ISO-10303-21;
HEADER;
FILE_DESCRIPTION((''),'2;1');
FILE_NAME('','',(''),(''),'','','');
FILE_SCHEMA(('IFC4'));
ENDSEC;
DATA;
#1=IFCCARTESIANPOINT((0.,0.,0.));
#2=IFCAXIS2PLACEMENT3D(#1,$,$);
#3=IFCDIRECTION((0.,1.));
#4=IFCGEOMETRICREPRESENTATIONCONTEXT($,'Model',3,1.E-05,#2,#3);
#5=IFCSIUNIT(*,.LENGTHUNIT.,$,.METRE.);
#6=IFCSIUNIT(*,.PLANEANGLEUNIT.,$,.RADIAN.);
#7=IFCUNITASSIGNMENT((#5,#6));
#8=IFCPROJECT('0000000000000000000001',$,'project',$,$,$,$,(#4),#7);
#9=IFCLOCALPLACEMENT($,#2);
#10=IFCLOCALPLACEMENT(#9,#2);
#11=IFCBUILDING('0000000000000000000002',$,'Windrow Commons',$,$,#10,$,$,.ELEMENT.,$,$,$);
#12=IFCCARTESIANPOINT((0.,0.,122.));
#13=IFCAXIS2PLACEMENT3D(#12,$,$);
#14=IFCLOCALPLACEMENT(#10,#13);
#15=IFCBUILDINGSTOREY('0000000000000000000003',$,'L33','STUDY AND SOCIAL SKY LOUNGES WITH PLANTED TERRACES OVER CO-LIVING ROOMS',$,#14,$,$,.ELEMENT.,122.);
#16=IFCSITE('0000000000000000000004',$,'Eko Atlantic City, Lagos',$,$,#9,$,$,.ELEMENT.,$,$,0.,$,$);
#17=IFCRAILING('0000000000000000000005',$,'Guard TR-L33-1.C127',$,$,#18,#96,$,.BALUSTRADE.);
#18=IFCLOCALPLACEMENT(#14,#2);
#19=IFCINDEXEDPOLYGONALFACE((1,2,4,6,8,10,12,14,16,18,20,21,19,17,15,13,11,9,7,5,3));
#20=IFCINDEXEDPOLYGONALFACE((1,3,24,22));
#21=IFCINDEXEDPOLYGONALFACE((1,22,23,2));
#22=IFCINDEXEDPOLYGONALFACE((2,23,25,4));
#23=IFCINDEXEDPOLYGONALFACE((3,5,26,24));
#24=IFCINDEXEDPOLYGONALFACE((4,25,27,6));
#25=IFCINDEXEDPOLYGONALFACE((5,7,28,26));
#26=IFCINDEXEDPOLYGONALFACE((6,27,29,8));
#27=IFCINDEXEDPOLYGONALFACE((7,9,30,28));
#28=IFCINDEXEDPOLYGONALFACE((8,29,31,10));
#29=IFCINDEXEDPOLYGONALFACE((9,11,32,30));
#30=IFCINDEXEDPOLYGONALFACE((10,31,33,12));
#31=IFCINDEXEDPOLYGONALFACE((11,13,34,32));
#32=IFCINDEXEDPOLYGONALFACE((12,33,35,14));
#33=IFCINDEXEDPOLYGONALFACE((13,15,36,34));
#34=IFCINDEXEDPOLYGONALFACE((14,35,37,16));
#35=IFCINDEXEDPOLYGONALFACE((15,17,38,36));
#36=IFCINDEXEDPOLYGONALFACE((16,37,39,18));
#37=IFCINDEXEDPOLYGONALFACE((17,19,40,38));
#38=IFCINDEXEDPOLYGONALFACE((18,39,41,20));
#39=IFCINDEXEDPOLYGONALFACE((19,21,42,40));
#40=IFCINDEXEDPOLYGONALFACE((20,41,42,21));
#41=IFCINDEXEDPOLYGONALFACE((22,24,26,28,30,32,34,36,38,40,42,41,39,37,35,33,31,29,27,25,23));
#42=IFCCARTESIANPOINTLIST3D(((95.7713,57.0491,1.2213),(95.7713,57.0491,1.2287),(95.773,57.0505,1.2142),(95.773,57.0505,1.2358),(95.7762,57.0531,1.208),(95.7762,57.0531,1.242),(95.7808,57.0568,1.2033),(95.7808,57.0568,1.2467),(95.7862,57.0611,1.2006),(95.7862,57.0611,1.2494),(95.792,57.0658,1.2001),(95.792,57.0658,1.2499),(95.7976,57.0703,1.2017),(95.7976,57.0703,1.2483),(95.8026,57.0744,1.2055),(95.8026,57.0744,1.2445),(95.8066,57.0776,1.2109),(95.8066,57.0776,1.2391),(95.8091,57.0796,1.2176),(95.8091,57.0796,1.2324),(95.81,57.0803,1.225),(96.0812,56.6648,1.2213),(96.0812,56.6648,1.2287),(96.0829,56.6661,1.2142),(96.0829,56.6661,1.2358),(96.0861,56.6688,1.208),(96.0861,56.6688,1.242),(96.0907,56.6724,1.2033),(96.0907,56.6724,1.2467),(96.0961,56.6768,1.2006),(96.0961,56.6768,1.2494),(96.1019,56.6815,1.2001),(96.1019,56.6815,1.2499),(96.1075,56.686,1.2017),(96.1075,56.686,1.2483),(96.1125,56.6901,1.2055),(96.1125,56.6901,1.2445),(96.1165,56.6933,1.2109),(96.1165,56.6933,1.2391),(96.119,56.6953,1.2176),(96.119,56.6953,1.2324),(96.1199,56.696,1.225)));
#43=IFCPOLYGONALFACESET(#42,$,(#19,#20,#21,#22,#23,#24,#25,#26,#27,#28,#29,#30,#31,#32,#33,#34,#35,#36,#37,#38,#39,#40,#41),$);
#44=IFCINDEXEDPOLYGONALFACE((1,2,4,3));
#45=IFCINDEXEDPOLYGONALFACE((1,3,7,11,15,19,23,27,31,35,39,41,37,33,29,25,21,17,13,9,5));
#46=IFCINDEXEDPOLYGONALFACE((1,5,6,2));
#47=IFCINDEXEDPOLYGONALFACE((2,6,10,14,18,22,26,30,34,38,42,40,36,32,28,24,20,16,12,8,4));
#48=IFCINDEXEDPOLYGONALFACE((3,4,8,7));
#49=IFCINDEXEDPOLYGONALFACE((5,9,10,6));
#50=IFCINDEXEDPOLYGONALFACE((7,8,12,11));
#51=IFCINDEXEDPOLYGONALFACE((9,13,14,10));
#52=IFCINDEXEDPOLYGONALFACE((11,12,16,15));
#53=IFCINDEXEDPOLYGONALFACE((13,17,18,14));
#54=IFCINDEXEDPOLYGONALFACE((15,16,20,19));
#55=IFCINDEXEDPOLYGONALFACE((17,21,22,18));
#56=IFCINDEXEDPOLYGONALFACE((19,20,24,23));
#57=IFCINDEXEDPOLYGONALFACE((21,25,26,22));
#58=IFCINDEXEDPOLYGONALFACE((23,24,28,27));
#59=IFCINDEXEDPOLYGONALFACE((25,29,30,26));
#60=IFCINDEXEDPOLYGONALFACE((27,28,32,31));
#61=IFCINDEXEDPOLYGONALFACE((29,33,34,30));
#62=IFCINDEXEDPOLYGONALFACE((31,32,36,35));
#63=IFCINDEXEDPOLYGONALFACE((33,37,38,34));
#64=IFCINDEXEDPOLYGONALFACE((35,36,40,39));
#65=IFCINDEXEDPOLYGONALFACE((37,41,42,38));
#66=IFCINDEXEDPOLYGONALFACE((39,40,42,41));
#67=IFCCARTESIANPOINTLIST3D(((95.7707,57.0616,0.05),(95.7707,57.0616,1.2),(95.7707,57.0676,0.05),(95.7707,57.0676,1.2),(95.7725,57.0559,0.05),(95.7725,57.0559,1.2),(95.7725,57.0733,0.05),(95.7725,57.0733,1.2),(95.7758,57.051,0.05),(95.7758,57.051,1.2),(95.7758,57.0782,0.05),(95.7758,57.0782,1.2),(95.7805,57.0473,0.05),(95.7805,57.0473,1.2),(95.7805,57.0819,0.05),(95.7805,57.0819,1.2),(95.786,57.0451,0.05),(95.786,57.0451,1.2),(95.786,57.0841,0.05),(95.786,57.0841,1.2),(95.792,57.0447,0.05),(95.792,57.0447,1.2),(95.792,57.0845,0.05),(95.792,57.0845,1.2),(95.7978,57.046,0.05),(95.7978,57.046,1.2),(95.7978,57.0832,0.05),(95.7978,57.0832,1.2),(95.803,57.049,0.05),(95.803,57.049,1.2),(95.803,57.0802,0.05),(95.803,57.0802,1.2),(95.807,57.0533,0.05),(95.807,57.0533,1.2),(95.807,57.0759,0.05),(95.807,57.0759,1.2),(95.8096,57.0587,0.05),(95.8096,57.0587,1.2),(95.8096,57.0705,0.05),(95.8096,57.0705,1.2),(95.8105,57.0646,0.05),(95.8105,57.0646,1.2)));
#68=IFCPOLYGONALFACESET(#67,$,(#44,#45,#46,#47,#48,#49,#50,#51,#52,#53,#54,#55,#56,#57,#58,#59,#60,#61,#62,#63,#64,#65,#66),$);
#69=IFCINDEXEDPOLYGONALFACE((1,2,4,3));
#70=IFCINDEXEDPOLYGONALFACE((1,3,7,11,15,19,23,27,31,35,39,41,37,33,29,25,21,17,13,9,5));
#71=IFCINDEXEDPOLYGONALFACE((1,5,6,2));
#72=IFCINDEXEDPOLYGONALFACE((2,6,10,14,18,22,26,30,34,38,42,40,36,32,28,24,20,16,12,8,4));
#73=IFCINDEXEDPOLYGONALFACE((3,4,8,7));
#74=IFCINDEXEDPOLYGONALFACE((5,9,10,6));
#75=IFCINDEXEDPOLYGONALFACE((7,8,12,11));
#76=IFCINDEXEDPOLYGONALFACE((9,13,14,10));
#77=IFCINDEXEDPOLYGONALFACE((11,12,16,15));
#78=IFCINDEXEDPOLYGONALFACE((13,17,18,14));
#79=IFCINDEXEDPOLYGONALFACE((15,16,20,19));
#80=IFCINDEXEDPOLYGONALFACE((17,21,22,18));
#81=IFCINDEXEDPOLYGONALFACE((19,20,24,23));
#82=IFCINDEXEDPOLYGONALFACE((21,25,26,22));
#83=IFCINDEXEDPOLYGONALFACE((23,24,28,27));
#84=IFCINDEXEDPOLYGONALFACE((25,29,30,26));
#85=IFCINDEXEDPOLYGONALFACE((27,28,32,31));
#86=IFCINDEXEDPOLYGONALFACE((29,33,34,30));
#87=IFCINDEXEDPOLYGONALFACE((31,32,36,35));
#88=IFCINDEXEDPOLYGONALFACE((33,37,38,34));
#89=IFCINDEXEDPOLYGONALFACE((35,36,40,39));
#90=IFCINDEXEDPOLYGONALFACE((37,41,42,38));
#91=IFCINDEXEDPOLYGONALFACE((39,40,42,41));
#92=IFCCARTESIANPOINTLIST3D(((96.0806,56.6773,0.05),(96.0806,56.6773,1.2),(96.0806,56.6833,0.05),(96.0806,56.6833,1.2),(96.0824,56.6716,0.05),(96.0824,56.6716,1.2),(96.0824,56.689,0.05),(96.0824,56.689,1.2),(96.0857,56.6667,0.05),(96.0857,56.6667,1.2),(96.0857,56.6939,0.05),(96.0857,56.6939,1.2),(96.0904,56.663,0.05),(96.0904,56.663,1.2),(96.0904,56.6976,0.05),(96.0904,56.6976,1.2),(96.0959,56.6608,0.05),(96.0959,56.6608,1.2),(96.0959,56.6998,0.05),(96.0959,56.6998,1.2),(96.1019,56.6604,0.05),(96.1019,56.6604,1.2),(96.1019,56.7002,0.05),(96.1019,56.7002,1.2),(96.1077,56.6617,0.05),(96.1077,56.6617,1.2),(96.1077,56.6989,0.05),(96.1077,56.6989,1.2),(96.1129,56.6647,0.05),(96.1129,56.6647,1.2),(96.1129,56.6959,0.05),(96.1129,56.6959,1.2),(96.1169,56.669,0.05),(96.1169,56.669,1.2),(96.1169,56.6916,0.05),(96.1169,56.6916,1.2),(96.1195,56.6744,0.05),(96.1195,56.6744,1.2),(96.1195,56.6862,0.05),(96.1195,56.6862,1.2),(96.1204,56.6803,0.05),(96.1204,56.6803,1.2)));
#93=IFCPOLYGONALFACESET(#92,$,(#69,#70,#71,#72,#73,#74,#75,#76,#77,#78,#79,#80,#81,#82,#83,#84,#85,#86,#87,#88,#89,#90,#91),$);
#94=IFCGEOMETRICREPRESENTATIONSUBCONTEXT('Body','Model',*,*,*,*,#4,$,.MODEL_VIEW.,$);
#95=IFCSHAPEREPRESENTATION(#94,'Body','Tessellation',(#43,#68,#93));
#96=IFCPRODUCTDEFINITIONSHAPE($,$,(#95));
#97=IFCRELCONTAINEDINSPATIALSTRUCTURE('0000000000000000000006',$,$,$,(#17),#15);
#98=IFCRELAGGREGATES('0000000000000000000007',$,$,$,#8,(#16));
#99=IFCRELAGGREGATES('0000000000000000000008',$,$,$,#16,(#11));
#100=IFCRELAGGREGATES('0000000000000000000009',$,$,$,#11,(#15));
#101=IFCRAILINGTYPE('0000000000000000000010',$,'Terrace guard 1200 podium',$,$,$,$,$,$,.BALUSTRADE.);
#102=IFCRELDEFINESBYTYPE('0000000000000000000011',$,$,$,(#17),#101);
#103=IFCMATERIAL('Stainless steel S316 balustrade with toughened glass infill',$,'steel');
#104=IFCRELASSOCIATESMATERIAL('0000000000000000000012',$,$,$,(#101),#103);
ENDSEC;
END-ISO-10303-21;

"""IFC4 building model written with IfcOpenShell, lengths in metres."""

from ifc_helpers import new_model, si_unit, direction, frame, origin, origin_2d, place, context, subcontext, project, spatial, circle, extrude, material, type_object, element, save


model = new_model("IFC4")

# Units and contexts
model_context = context("Model", 3, precision=1e-05, world=origin(), true_north=direction((0.0, 1.0)))
body_context = subcontext(model_context, "Body", "Model", "MODEL_VIEW")
ifc_project = project(units=[si_unit("LENGTHUNIT", "METRE"), si_unit("PLANEANGLEUNIT", "RADIAN")], contexts=[model_context])

# Site, building, storey
site_placement = place(None, origin())
site = spatial("IfcSite", under=ifc_project, at=site_placement, Name="Eko Atlantic City, Lagos", CompositionType="ELEMENT", RefElevation=0.0)
building_placement = place(site_placement, origin())
building = spatial("IfcBuilding", under=site, at=building_placement, Name="Windrow Commons", CompositionType="ELEMENT")
storey_placement = place(building_placement, frame((0.0, 0.0, 122.0)))
storey = spatial("IfcBuildingStorey", under=building, at=storey_placement, Name="L33", Description="STUDY AND SOCIAL SKY LOUNGES WITH PLANTED TERRACES OVER CO-LIVING ROOMS", CompositionType="ELEMENT", Elevation=122.0)

# Railing
ifc_material_1 = material(Name="Stainless steel S316 balustrade with toughened glass infill", Category="steel")
railing_type_1 = type_object("IfcRailingType", Name="Terrace guard 1200 podium", PredefinedType="BALUSTRADE", material=ifc_material_1)
railing_1_placement = place(storey_placement, frame((95.7905, 57.0646, 0.05)))
element("IfcRailing", 1, at=railing_1_placement, inside=storey, type_object=railing_type_1, Name="Guard TR-L33-1.C127", PredefinedType="BALUSTRADE", context=body_context, shape_type="SweptSolid", body=[
    extrude(circle(Radius=0.025, at=origin_2d()), frame((0.0, 0.0, 1.175), z_axis=(0.627729, -0.778432, 0.0), x_axis=(0.778432, 0.627729, 0.0)), (0.0, 0.0, 1.0), 0.4937),
    extrude(circle(Radius=0.02, at=origin_2d()), origin(), (0.0, 0.0, 1.0), 1.15),
    extrude(circle(Radius=0.02, at=origin_2d()), frame((0.3099, -0.3843, 0.0)), (0.0, 0.0, 1.0), 1.15),
])

save(model, "model.ifc")
